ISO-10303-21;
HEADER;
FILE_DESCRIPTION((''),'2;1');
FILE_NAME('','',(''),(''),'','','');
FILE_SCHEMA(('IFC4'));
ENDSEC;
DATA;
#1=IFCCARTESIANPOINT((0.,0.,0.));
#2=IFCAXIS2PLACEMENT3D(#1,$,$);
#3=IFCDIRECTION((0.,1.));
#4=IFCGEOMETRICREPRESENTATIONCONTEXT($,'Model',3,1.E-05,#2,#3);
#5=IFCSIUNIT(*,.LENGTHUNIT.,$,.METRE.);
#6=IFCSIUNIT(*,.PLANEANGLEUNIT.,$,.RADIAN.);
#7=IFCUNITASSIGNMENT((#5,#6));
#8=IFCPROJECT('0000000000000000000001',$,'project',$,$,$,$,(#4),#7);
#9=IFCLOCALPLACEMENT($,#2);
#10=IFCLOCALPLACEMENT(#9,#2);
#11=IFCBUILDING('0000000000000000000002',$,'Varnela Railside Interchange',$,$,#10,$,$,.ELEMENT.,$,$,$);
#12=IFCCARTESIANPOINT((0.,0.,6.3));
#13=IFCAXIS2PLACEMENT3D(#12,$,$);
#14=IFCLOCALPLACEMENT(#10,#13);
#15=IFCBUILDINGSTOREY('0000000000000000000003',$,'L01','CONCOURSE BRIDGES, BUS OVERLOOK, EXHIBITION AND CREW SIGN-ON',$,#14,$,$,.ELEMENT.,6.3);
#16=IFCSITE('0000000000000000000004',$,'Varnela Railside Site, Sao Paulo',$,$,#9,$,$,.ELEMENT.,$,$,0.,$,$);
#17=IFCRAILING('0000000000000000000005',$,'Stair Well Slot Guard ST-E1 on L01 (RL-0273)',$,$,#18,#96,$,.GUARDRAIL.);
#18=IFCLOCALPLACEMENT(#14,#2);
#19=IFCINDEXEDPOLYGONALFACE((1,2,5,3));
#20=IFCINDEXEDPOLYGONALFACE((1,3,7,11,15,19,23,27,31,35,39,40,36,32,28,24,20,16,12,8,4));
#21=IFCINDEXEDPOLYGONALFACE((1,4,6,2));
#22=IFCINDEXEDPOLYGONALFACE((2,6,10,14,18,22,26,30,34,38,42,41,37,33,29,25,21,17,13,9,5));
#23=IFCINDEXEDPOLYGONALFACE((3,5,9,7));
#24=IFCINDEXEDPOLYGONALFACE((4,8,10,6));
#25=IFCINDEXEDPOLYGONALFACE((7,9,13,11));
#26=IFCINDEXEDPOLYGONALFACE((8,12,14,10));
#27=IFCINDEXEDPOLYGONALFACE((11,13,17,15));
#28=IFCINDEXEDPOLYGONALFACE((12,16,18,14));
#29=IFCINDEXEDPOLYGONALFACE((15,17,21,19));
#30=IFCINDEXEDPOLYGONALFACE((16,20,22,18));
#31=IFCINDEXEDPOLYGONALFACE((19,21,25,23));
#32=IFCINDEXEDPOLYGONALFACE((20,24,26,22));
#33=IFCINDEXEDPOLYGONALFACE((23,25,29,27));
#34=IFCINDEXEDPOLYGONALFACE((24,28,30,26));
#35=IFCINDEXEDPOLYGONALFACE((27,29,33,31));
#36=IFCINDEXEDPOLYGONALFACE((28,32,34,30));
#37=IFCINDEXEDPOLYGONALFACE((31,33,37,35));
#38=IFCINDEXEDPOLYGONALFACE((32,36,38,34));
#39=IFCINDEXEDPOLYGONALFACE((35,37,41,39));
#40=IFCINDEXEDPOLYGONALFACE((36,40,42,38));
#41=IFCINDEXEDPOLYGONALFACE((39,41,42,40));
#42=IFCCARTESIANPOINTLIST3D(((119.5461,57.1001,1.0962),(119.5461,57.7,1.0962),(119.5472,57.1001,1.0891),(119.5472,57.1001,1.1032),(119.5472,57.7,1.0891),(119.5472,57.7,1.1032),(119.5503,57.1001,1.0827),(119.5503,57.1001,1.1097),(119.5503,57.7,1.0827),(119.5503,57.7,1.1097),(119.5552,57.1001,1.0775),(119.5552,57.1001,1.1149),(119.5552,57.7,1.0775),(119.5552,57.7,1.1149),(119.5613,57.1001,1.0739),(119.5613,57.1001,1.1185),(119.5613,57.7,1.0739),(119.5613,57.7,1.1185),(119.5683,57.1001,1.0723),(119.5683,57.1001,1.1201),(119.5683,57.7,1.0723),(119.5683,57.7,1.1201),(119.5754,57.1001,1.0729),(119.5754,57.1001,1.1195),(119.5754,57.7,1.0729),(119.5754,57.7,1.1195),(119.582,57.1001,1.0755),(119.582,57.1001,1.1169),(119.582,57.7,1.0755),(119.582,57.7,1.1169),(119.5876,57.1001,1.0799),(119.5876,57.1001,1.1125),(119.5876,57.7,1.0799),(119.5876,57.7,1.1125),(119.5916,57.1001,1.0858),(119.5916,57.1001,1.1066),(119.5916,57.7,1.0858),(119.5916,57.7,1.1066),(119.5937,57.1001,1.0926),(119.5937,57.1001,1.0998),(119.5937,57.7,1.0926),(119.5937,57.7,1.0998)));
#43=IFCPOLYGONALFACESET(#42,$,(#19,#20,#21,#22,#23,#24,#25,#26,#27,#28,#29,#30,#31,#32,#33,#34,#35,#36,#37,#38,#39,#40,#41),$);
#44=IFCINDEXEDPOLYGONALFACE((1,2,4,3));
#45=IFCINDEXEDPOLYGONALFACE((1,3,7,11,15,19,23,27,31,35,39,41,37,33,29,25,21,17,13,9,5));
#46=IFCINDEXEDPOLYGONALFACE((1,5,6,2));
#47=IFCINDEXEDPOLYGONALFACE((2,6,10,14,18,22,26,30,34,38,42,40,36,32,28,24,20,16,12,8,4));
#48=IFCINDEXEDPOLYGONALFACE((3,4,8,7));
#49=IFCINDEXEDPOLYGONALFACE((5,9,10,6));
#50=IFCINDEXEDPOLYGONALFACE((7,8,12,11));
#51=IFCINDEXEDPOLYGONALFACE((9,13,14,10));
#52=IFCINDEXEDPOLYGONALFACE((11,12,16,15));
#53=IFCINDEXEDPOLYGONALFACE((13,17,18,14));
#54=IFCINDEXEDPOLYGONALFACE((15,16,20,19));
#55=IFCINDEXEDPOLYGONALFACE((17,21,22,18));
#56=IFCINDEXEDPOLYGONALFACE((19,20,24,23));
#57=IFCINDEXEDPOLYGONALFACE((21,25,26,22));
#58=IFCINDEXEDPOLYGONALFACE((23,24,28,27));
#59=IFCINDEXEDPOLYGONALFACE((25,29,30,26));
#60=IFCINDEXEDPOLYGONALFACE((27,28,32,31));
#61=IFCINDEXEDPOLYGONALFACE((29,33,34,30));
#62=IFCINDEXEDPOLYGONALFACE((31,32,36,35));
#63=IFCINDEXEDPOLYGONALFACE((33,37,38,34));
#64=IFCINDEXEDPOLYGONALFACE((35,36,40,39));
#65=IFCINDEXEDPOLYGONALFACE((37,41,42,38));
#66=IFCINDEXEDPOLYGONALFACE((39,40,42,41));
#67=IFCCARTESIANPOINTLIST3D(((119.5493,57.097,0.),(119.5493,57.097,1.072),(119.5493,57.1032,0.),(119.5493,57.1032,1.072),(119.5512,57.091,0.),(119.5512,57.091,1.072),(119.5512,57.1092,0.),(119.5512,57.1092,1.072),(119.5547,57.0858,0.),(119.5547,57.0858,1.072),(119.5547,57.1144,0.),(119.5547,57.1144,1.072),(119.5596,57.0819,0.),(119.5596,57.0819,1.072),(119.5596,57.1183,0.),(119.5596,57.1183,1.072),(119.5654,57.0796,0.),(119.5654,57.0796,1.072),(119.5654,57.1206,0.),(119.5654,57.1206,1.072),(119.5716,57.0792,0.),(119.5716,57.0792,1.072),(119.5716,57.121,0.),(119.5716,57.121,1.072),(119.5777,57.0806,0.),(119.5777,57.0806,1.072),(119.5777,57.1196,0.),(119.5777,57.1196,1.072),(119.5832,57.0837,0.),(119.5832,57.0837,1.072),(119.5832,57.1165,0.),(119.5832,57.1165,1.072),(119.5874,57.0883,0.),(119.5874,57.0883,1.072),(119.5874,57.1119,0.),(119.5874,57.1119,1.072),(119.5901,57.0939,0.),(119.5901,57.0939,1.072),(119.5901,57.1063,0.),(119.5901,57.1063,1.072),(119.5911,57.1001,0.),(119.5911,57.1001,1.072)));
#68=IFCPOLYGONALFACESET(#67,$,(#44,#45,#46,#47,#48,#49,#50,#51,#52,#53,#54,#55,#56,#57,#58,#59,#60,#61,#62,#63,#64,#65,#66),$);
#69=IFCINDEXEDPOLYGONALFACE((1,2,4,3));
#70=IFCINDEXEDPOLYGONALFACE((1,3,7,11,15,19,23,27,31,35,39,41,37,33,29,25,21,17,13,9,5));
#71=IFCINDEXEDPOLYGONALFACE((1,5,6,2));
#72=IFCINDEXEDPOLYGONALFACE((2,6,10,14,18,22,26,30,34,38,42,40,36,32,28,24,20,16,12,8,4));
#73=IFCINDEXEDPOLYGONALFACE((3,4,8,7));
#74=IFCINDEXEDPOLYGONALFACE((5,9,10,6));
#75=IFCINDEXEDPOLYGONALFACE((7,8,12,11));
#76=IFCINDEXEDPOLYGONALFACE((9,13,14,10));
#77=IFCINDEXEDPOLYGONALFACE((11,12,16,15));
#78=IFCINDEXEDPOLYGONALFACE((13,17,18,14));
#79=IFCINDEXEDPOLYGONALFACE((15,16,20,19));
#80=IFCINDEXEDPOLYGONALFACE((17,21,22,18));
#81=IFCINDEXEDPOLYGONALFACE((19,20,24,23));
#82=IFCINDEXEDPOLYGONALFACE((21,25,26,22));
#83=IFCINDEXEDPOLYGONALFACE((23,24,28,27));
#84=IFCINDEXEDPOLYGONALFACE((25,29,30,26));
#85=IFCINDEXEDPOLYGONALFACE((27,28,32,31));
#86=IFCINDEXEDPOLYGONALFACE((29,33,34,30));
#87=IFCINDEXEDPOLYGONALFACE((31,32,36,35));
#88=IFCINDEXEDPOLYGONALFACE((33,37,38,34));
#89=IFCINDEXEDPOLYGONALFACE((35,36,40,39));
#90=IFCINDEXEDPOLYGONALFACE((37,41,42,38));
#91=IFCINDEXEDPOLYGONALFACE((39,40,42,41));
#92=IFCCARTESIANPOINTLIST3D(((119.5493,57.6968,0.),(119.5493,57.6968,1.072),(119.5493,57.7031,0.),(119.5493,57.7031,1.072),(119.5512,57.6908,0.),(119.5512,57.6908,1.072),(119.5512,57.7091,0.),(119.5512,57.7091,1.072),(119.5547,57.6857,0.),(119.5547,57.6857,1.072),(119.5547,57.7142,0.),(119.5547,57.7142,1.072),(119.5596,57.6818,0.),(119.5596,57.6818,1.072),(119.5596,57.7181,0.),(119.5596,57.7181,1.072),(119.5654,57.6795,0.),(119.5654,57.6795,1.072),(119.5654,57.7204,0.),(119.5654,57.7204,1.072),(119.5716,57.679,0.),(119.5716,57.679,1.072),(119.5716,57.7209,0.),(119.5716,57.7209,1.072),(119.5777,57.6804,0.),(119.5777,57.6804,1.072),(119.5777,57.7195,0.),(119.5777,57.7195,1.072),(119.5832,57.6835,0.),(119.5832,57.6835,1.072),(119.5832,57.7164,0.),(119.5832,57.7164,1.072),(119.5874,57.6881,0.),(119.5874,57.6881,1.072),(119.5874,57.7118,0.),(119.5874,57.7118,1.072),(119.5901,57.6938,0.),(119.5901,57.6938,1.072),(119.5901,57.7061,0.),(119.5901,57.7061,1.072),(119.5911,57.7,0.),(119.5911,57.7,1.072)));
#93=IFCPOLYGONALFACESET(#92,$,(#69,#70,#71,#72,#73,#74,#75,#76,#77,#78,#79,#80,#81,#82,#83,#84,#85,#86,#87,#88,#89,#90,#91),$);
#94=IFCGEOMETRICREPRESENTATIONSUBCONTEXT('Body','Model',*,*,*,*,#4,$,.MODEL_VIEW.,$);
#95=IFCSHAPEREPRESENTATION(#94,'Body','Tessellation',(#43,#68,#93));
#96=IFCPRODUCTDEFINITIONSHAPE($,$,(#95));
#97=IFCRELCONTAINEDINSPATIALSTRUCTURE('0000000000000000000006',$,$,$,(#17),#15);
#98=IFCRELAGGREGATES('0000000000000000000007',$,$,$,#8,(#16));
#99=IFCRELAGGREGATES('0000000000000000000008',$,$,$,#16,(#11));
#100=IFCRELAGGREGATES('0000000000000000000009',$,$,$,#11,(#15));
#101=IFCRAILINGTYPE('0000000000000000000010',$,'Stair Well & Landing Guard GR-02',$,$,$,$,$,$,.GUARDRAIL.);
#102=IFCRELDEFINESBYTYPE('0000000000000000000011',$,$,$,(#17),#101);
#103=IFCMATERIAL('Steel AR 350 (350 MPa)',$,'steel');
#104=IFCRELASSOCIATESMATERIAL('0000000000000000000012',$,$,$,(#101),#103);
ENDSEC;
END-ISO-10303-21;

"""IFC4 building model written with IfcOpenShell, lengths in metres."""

from ifc_helpers import new_model, si_unit, direction, frame, origin, origin_2d, place, context, subcontext, project, spatial, circle, extrude, material, type_object, element, save


model = new_model("IFC4")

# Units and contexts
model_context = context("Model", 3, precision=1e-05, world=origin(), true_north=direction((0.0, 1.0)))
body_context = subcontext(model_context, "Body", "Model", "MODEL_VIEW")
ifc_project = project(units=[si_unit("LENGTHUNIT", "METRE"), si_unit("PLANEANGLEUNIT", "RADIAN")], contexts=[model_context])

# Site, building, storey
site_placement = place(None, origin())
site = spatial("IfcSite", under=ifc_project, at=site_placement, Name="Varnela Railside Site, Sao Paulo", CompositionType="ELEMENT", RefElevation=0.0)
building_placement = place(site_placement, origin())
building = spatial("IfcBuilding", under=site, at=building_placement, Name="Varnela Railside Interchange", CompositionType="ELEMENT")
storey_placement = place(building_placement, frame((0.0, 0.0, 6.3)))
storey = spatial("IfcBuildingStorey", under=building, at=storey_placement, Name="L01", Description="CONCOURSE BRIDGES, BUS OVERLOOK, EXHIBITION AND CREW SIGN-ON", CompositionType="ELEMENT", Elevation=6.3)

# Shared definitions
ifc_material_1 = material(Name="Steel AR 350 (350 MPa)", Category="steel")

# Railing
railing_type_1 = type_object("IfcRailingType", Name="Stair Well & Landing Guard GR-02", PredefinedType="GUARDRAIL", material=ifc_material_1)
railing_1_placement = place(storey_placement, frame((119.5701, 57.1001, 0.0)))
element("IfcRailing", 1, at=railing_1_placement, inside=storey, type_object=railing_type_1, Name="Stair Well Slot Guard ST-E1 on L01 (RL-0273)", PredefinedType="GUARDRAIL", context=body_context, shape_type="SweptSolid", body=[
    extrude(circle(Radius=0.0239, at=origin_2d()), frame((0.0, 0.0, 1.0962), z_axis=(0.0, 1.0, 0.0), x_axis=(-1.0, 0.0, 0.0)), (0.0, 0.0, 1.0), 0.5999),
    extrude(circle(Radius=0.021, at=origin_2d()), origin(), (0.0, 0.0, 1.0), 1.072),
    extrude(circle(Radius=0.021, at=origin_2d()), frame((0.0, 0.5999, 0.0)), (0.0, 0.0, 1.0), 1.072),
])

save(model, "model.ifc")
